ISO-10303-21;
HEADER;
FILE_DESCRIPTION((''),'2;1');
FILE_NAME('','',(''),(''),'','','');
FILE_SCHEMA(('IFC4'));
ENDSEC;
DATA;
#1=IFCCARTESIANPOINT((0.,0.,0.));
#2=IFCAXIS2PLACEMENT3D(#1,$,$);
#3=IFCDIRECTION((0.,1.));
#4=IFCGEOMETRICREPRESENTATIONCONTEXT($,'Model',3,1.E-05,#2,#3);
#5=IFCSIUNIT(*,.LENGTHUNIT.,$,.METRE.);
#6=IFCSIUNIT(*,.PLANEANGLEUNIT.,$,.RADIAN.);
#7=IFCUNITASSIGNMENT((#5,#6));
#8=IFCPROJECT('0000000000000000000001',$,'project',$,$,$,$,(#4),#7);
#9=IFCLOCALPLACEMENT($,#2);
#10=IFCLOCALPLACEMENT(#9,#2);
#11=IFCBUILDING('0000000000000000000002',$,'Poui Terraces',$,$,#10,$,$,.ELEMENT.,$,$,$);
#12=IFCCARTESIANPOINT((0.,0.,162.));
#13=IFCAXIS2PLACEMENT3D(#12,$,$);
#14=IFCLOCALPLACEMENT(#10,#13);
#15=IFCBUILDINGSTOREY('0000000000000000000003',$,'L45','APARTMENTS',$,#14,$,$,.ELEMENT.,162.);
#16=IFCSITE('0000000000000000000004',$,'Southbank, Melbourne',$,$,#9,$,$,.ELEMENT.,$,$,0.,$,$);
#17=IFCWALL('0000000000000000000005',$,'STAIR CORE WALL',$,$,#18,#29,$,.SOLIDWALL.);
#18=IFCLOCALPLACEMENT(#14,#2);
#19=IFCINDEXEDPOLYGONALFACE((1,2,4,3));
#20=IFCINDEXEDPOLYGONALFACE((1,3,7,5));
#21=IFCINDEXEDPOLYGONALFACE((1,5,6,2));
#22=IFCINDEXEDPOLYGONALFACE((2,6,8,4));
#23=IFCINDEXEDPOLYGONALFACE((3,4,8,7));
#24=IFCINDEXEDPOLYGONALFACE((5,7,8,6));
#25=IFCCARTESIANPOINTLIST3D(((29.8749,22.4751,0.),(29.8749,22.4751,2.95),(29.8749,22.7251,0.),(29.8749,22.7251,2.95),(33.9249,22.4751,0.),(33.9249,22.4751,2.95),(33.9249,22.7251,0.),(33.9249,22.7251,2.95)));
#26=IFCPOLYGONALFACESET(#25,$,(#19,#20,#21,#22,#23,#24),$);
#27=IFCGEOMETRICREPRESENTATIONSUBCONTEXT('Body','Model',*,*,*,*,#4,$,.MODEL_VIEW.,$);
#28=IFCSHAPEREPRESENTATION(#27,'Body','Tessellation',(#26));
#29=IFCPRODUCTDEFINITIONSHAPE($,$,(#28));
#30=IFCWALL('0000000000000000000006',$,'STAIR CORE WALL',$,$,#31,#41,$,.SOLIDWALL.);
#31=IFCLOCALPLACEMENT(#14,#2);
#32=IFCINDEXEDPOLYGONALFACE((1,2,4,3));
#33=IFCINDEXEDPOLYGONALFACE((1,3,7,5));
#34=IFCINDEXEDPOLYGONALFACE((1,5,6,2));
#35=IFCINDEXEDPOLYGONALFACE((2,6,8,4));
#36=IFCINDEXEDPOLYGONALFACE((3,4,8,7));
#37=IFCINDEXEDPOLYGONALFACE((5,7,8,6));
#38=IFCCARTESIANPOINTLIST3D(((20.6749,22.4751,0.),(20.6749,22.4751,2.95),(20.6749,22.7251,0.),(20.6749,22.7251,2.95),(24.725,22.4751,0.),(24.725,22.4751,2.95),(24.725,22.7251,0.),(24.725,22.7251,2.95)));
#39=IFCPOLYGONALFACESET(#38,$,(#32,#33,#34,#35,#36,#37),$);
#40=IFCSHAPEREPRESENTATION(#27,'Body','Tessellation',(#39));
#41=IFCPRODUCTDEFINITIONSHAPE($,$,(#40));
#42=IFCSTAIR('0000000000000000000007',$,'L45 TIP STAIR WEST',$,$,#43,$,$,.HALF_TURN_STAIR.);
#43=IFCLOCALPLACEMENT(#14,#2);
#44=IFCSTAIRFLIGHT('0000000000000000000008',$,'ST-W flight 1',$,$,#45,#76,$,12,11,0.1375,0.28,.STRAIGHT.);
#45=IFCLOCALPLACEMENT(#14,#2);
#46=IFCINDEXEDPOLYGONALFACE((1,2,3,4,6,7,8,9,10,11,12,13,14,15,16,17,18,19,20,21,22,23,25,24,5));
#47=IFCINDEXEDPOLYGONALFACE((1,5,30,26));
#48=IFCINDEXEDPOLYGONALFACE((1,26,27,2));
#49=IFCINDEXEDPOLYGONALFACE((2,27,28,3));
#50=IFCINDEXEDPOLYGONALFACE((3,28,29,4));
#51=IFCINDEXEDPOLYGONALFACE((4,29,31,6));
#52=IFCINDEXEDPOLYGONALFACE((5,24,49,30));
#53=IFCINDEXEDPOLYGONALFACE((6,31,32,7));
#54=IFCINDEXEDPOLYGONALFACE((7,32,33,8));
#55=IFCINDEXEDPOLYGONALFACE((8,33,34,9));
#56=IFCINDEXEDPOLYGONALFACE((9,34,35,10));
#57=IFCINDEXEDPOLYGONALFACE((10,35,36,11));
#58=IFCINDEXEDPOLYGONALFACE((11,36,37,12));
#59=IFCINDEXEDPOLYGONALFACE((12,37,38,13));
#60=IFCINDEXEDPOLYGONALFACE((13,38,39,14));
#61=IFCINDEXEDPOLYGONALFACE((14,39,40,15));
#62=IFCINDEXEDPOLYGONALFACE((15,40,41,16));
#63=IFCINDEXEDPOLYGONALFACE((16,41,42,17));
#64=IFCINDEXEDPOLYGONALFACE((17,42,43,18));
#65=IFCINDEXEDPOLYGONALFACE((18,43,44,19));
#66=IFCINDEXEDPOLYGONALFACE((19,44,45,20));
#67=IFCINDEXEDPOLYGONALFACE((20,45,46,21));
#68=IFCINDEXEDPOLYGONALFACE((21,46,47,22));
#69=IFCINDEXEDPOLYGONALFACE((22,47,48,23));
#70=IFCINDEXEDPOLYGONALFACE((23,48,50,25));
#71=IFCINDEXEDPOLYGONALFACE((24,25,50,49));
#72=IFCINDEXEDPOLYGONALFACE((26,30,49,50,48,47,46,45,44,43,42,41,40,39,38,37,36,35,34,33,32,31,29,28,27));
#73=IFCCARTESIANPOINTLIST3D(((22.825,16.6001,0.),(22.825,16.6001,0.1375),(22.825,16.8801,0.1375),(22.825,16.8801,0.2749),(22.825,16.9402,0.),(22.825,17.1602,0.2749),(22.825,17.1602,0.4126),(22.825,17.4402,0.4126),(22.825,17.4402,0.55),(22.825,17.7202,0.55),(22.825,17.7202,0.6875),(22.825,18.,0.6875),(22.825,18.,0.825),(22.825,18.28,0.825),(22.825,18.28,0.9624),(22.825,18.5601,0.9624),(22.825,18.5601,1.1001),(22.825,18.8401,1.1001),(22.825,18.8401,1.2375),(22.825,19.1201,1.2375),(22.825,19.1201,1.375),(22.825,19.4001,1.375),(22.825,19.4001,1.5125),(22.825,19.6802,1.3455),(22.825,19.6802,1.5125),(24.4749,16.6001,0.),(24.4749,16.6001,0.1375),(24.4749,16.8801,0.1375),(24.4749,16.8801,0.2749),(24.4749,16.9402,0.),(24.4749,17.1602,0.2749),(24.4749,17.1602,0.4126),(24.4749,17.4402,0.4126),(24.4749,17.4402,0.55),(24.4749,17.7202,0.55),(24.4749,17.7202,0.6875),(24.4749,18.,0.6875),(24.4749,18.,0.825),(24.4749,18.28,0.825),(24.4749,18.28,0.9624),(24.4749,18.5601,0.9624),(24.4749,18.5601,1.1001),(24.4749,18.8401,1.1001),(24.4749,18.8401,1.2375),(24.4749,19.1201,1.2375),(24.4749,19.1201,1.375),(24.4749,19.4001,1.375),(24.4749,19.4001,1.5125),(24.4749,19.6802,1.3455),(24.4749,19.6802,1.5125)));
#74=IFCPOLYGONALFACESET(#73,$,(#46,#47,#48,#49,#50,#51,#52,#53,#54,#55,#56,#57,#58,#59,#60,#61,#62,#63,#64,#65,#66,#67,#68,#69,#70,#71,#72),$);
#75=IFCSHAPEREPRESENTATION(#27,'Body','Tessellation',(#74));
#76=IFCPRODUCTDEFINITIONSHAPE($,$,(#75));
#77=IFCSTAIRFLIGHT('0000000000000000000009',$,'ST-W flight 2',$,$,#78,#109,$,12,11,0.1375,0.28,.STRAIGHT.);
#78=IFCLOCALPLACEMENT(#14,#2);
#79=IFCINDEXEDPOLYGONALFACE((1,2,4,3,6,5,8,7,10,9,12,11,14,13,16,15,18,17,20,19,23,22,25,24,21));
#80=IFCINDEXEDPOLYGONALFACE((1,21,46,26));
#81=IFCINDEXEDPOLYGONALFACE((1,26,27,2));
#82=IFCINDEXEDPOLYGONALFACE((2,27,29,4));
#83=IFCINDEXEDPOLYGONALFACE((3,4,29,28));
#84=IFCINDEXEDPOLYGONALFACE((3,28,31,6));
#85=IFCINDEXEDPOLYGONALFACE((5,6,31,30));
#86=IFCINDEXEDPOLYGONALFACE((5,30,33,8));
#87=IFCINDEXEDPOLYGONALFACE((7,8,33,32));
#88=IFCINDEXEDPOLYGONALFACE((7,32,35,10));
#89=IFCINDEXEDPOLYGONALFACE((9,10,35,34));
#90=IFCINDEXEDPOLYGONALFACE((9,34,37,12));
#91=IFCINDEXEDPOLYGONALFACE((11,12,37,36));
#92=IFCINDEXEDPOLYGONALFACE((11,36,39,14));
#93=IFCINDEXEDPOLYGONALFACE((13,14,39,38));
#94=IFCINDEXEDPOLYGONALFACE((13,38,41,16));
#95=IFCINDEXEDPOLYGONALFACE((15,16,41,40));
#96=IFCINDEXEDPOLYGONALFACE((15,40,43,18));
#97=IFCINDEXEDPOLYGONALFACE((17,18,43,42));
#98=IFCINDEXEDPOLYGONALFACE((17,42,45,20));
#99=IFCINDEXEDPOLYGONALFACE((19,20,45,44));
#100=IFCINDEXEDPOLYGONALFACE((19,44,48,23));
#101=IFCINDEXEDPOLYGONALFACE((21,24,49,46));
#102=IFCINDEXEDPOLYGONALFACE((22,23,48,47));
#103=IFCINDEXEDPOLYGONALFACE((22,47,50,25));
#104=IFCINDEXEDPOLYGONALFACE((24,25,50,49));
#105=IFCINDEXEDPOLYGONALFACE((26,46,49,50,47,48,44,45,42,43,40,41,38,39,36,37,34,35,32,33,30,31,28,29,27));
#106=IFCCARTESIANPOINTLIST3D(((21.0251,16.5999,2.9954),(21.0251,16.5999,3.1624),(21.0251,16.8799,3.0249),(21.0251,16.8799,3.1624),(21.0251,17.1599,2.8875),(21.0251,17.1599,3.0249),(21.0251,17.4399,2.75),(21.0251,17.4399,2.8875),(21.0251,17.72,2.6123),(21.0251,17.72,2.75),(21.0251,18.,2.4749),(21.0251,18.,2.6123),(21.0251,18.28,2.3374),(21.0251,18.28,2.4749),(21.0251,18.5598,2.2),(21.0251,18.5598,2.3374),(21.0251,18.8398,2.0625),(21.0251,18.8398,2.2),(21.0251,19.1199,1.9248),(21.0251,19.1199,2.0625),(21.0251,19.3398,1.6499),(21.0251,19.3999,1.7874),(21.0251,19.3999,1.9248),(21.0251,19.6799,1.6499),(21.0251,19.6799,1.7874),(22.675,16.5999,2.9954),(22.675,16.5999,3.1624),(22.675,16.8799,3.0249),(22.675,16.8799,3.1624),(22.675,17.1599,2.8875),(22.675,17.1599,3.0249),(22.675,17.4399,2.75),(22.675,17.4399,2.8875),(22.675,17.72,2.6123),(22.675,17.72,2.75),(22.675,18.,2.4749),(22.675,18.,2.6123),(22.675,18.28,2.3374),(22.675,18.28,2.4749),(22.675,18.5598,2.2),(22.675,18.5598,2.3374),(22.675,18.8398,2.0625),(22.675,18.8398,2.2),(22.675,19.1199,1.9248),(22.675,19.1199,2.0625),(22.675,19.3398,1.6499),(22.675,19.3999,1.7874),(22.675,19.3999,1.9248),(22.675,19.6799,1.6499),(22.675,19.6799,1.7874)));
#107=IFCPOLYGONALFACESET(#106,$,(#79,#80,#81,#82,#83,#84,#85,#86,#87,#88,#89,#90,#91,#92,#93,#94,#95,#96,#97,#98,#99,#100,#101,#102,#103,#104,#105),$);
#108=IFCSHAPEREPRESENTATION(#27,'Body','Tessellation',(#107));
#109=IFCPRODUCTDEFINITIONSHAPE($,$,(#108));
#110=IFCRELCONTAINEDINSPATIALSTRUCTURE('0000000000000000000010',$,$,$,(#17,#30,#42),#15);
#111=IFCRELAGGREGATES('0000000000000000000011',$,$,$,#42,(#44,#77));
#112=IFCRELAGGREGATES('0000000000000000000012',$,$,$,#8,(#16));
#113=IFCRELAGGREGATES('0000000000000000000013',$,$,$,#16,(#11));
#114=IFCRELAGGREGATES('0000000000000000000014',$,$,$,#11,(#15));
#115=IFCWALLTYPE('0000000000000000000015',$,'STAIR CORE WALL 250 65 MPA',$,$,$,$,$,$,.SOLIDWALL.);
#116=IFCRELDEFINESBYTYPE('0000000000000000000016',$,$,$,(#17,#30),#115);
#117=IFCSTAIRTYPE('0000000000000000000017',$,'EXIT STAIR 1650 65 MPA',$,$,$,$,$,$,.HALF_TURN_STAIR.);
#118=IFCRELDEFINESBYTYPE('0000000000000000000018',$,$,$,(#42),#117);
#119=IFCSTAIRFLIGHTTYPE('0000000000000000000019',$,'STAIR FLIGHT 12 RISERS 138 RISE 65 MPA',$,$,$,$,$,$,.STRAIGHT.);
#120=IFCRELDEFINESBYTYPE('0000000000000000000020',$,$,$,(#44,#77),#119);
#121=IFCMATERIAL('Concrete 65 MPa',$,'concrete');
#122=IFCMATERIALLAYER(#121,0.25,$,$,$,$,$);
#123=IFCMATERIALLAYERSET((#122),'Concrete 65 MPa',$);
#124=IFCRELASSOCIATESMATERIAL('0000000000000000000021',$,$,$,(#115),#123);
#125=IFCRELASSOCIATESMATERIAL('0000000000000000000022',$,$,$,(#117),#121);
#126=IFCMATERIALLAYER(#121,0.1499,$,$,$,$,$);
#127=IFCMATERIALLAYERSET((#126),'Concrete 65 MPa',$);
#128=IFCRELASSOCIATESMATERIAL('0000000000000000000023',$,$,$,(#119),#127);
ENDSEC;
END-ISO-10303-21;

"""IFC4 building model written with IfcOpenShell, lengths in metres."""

from ifc_helpers import new_model, si_unit, direction, frame, frame_2d, origin, place, context, subcontext, project, spatial, polyline, rectangle, outline, extrude, material, layer, layer_set, type_object, element, aggregate, save


model = new_model("IFC4")

# Units and contexts
model_context = context("Model", 3, precision=1e-05, world=origin(), true_north=direction((0.0, 1.0)))
body_context = subcontext(model_context, "Body", "Model", "MODEL_VIEW")
ifc_project = project(units=[si_unit("LENGTHUNIT", "METRE"), si_unit("PLANEANGLEUNIT", "RADIAN")], contexts=[model_context])

# Site, building, storey
site_placement = place(None, origin())
site = spatial("IfcSite", under=ifc_project, at=site_placement, Name="Southbank, Melbourne", CompositionType="ELEMENT", RefElevation=0.0)
building_placement = place(site_placement, origin())
building = spatial("IfcBuilding", under=site, at=building_placement, Name="Poui Terraces", CompositionType="ELEMENT")
storey_placement = place(building_placement, frame((0.0, 0.0, 162.0)))
storey = spatial("IfcBuildingStorey", under=building, at=storey_placement, Name="L45", Description="APARTMENTS", CompositionType="ELEMENT", Elevation=162.0)

# Walls
ifc_material_1 = material(Name="Concrete 65 MPa", Category="concrete")
ifc_layer_1 = layer(ifc_material_1, 0.25)
ifc_layer_set_1 = layer_set([ifc_layer_1], Name="Concrete 65 MPa")
wall_type = type_object("IfcWallType", Name="STAIR CORE WALL 250 65 MPA", PredefinedType="SOLIDWALL", material=ifc_layer_set_1)
for number, where, z_axis, x_axis, name in (
    (1, (29.875, 22.6001, 0.0), (0.0, 0.0, 1.0), (1.0, 0.0, 0.0), "STAIR CORE WALL"),
    (2, (20.675, 22.6001, 0.0), (0.0, 0.0, 1.0), (1.0, 0.0, 0.0), "STAIR CORE WALL"),
):
    element("IfcWall", number, at=place(storey_placement, frame(where, z_axis=z_axis, x_axis=x_axis)), inside=storey, type_object=wall_type, Name=name, PredefinedType="SOLIDWALL", context=body_context, shape_type="SweptSolid", body=[
        extrude(rectangle(XDim=4.05, YDim=0.25, at=frame_2d((2.0249, 0.0))), origin(), (0.0, 0.0, 1.0), 2.95),
    ])

# Stair, stair flights
stair_type = type_object("IfcStairType", Name="EXIT STAIR 1650 65 MPA", PredefinedType="HALF_TURN_STAIR", material=ifc_material_1)
stair_placement = place(storey_placement, origin())
stair = element("IfcStair", 3, at=stair_placement, inside=storey, type_object=stair_type, Name="L45 TIP STAIR WEST", PredefinedType="HALF_TURN_STAIR")
ifc_layer_2 = layer(ifc_material_1, 0.1499)
ifc_layer_set_2 = layer_set([ifc_layer_2], Name="Concrete 65 MPa")
stair_flight_type = type_object("IfcStairFlightType", Name="STAIR FLIGHT 12 RISERS 138 RISE 65 MPA", PredefinedType="STRAIGHT", material=ifc_layer_set_2)
stair_flight_1_placement = place(storey_placement, frame((23.6499, 16.6001, 0.0), z_axis=(0.0, 0.0, 1.0), x_axis=(0.0, 1.0, 0.0)))
stair_flight_1 = element("IfcStairFlight", 4, at=stair_flight_1_placement, type_object=stair_flight_type, Name="ST-W flight 1", NumberOfRisers=12, NumberOfTreads=11, PredefinedType="STRAIGHT", RiserHeight=0.1375, TreadLength=0.28, context=body_context, shape_type="SweptSolid", body=[
    extrude(outline(polyline([(0.0, 0.0), (0.0, 0.1375), (0.28, 0.1375), (0.28, 0.2749), (0.5601, 0.2749), (0.5601, 0.4126), (0.8401, 0.4126), (0.8401, 0.55), (1.1201, 0.55), (1.1201, 0.6875), (1.3999, 0.6875), (1.3999, 0.825), (1.6799, 0.825), (1.6799, 0.9624), (1.96, 0.9624), (1.96, 1.1001), (2.24, 1.1001), (2.24, 1.2375), (2.52, 1.2375), (2.52, 1.375), (2.8, 1.375), (2.8, 1.5125), (3.0801, 1.5125), (3.0801, 1.6499), (3.0801, 1.3455), (0.3401, 0.0), (0.0, 0.0)])), frame((0.0, 0.825, 0.0), z_axis=(0.0, -1.0, 0.0), x_axis=(1.0, 0.0, 0.0)), (0.0, 0.0, 1.0), 1.6499),
])
stair_flight_2_placement = place(storey_placement, frame((21.8501, 19.6799, 1.6499), z_axis=(0.0, 0.0, 1.0), x_axis=(0.0, -1.0, 0.0)))
stair_flight_2 = element("IfcStairFlight", 5, at=stair_flight_2_placement, type_object=stair_flight_type, Name="ST-W flight 2", NumberOfRisers=12, NumberOfTreads=11, PredefinedType="STRAIGHT", RiserHeight=0.1375, TreadLength=0.28, context=body_context, shape_type="SweptSolid", body=[
    extrude(outline(polyline([(0.0, 0.0), (0.0, 0.1375), (0.28, 0.1375), (0.28, 0.2749), (0.5601, 0.2749), (0.5601, 0.4126), (0.8401, 0.4126), (0.8401, 0.55), (1.1201, 0.55), (1.1201, 0.6875), (1.3999, 0.6875), (1.3999, 0.825), (1.6799, 0.825), (1.6799, 0.9624), (1.96, 0.9624), (1.96, 1.1001), (2.24, 1.1001), (2.24, 1.2375), (2.52, 1.2375), (2.52, 1.375), (2.8, 1.375), (2.8, 1.5125), (3.0801, 1.5125), (3.0801, 1.6499), (3.0801, 1.3455), (0.3401, 0.0), (0.0, 0.0)])), frame((0.0, 0.825, 0.0), z_axis=(0.0, -1.0, 0.0), x_axis=(1.0, 0.0, 0.0)), (0.0, 0.0, 1.0), 1.6499),
])
aggregate(stair, [stair_flight_1, stair_flight_2])

save(model, "model.ifc")
